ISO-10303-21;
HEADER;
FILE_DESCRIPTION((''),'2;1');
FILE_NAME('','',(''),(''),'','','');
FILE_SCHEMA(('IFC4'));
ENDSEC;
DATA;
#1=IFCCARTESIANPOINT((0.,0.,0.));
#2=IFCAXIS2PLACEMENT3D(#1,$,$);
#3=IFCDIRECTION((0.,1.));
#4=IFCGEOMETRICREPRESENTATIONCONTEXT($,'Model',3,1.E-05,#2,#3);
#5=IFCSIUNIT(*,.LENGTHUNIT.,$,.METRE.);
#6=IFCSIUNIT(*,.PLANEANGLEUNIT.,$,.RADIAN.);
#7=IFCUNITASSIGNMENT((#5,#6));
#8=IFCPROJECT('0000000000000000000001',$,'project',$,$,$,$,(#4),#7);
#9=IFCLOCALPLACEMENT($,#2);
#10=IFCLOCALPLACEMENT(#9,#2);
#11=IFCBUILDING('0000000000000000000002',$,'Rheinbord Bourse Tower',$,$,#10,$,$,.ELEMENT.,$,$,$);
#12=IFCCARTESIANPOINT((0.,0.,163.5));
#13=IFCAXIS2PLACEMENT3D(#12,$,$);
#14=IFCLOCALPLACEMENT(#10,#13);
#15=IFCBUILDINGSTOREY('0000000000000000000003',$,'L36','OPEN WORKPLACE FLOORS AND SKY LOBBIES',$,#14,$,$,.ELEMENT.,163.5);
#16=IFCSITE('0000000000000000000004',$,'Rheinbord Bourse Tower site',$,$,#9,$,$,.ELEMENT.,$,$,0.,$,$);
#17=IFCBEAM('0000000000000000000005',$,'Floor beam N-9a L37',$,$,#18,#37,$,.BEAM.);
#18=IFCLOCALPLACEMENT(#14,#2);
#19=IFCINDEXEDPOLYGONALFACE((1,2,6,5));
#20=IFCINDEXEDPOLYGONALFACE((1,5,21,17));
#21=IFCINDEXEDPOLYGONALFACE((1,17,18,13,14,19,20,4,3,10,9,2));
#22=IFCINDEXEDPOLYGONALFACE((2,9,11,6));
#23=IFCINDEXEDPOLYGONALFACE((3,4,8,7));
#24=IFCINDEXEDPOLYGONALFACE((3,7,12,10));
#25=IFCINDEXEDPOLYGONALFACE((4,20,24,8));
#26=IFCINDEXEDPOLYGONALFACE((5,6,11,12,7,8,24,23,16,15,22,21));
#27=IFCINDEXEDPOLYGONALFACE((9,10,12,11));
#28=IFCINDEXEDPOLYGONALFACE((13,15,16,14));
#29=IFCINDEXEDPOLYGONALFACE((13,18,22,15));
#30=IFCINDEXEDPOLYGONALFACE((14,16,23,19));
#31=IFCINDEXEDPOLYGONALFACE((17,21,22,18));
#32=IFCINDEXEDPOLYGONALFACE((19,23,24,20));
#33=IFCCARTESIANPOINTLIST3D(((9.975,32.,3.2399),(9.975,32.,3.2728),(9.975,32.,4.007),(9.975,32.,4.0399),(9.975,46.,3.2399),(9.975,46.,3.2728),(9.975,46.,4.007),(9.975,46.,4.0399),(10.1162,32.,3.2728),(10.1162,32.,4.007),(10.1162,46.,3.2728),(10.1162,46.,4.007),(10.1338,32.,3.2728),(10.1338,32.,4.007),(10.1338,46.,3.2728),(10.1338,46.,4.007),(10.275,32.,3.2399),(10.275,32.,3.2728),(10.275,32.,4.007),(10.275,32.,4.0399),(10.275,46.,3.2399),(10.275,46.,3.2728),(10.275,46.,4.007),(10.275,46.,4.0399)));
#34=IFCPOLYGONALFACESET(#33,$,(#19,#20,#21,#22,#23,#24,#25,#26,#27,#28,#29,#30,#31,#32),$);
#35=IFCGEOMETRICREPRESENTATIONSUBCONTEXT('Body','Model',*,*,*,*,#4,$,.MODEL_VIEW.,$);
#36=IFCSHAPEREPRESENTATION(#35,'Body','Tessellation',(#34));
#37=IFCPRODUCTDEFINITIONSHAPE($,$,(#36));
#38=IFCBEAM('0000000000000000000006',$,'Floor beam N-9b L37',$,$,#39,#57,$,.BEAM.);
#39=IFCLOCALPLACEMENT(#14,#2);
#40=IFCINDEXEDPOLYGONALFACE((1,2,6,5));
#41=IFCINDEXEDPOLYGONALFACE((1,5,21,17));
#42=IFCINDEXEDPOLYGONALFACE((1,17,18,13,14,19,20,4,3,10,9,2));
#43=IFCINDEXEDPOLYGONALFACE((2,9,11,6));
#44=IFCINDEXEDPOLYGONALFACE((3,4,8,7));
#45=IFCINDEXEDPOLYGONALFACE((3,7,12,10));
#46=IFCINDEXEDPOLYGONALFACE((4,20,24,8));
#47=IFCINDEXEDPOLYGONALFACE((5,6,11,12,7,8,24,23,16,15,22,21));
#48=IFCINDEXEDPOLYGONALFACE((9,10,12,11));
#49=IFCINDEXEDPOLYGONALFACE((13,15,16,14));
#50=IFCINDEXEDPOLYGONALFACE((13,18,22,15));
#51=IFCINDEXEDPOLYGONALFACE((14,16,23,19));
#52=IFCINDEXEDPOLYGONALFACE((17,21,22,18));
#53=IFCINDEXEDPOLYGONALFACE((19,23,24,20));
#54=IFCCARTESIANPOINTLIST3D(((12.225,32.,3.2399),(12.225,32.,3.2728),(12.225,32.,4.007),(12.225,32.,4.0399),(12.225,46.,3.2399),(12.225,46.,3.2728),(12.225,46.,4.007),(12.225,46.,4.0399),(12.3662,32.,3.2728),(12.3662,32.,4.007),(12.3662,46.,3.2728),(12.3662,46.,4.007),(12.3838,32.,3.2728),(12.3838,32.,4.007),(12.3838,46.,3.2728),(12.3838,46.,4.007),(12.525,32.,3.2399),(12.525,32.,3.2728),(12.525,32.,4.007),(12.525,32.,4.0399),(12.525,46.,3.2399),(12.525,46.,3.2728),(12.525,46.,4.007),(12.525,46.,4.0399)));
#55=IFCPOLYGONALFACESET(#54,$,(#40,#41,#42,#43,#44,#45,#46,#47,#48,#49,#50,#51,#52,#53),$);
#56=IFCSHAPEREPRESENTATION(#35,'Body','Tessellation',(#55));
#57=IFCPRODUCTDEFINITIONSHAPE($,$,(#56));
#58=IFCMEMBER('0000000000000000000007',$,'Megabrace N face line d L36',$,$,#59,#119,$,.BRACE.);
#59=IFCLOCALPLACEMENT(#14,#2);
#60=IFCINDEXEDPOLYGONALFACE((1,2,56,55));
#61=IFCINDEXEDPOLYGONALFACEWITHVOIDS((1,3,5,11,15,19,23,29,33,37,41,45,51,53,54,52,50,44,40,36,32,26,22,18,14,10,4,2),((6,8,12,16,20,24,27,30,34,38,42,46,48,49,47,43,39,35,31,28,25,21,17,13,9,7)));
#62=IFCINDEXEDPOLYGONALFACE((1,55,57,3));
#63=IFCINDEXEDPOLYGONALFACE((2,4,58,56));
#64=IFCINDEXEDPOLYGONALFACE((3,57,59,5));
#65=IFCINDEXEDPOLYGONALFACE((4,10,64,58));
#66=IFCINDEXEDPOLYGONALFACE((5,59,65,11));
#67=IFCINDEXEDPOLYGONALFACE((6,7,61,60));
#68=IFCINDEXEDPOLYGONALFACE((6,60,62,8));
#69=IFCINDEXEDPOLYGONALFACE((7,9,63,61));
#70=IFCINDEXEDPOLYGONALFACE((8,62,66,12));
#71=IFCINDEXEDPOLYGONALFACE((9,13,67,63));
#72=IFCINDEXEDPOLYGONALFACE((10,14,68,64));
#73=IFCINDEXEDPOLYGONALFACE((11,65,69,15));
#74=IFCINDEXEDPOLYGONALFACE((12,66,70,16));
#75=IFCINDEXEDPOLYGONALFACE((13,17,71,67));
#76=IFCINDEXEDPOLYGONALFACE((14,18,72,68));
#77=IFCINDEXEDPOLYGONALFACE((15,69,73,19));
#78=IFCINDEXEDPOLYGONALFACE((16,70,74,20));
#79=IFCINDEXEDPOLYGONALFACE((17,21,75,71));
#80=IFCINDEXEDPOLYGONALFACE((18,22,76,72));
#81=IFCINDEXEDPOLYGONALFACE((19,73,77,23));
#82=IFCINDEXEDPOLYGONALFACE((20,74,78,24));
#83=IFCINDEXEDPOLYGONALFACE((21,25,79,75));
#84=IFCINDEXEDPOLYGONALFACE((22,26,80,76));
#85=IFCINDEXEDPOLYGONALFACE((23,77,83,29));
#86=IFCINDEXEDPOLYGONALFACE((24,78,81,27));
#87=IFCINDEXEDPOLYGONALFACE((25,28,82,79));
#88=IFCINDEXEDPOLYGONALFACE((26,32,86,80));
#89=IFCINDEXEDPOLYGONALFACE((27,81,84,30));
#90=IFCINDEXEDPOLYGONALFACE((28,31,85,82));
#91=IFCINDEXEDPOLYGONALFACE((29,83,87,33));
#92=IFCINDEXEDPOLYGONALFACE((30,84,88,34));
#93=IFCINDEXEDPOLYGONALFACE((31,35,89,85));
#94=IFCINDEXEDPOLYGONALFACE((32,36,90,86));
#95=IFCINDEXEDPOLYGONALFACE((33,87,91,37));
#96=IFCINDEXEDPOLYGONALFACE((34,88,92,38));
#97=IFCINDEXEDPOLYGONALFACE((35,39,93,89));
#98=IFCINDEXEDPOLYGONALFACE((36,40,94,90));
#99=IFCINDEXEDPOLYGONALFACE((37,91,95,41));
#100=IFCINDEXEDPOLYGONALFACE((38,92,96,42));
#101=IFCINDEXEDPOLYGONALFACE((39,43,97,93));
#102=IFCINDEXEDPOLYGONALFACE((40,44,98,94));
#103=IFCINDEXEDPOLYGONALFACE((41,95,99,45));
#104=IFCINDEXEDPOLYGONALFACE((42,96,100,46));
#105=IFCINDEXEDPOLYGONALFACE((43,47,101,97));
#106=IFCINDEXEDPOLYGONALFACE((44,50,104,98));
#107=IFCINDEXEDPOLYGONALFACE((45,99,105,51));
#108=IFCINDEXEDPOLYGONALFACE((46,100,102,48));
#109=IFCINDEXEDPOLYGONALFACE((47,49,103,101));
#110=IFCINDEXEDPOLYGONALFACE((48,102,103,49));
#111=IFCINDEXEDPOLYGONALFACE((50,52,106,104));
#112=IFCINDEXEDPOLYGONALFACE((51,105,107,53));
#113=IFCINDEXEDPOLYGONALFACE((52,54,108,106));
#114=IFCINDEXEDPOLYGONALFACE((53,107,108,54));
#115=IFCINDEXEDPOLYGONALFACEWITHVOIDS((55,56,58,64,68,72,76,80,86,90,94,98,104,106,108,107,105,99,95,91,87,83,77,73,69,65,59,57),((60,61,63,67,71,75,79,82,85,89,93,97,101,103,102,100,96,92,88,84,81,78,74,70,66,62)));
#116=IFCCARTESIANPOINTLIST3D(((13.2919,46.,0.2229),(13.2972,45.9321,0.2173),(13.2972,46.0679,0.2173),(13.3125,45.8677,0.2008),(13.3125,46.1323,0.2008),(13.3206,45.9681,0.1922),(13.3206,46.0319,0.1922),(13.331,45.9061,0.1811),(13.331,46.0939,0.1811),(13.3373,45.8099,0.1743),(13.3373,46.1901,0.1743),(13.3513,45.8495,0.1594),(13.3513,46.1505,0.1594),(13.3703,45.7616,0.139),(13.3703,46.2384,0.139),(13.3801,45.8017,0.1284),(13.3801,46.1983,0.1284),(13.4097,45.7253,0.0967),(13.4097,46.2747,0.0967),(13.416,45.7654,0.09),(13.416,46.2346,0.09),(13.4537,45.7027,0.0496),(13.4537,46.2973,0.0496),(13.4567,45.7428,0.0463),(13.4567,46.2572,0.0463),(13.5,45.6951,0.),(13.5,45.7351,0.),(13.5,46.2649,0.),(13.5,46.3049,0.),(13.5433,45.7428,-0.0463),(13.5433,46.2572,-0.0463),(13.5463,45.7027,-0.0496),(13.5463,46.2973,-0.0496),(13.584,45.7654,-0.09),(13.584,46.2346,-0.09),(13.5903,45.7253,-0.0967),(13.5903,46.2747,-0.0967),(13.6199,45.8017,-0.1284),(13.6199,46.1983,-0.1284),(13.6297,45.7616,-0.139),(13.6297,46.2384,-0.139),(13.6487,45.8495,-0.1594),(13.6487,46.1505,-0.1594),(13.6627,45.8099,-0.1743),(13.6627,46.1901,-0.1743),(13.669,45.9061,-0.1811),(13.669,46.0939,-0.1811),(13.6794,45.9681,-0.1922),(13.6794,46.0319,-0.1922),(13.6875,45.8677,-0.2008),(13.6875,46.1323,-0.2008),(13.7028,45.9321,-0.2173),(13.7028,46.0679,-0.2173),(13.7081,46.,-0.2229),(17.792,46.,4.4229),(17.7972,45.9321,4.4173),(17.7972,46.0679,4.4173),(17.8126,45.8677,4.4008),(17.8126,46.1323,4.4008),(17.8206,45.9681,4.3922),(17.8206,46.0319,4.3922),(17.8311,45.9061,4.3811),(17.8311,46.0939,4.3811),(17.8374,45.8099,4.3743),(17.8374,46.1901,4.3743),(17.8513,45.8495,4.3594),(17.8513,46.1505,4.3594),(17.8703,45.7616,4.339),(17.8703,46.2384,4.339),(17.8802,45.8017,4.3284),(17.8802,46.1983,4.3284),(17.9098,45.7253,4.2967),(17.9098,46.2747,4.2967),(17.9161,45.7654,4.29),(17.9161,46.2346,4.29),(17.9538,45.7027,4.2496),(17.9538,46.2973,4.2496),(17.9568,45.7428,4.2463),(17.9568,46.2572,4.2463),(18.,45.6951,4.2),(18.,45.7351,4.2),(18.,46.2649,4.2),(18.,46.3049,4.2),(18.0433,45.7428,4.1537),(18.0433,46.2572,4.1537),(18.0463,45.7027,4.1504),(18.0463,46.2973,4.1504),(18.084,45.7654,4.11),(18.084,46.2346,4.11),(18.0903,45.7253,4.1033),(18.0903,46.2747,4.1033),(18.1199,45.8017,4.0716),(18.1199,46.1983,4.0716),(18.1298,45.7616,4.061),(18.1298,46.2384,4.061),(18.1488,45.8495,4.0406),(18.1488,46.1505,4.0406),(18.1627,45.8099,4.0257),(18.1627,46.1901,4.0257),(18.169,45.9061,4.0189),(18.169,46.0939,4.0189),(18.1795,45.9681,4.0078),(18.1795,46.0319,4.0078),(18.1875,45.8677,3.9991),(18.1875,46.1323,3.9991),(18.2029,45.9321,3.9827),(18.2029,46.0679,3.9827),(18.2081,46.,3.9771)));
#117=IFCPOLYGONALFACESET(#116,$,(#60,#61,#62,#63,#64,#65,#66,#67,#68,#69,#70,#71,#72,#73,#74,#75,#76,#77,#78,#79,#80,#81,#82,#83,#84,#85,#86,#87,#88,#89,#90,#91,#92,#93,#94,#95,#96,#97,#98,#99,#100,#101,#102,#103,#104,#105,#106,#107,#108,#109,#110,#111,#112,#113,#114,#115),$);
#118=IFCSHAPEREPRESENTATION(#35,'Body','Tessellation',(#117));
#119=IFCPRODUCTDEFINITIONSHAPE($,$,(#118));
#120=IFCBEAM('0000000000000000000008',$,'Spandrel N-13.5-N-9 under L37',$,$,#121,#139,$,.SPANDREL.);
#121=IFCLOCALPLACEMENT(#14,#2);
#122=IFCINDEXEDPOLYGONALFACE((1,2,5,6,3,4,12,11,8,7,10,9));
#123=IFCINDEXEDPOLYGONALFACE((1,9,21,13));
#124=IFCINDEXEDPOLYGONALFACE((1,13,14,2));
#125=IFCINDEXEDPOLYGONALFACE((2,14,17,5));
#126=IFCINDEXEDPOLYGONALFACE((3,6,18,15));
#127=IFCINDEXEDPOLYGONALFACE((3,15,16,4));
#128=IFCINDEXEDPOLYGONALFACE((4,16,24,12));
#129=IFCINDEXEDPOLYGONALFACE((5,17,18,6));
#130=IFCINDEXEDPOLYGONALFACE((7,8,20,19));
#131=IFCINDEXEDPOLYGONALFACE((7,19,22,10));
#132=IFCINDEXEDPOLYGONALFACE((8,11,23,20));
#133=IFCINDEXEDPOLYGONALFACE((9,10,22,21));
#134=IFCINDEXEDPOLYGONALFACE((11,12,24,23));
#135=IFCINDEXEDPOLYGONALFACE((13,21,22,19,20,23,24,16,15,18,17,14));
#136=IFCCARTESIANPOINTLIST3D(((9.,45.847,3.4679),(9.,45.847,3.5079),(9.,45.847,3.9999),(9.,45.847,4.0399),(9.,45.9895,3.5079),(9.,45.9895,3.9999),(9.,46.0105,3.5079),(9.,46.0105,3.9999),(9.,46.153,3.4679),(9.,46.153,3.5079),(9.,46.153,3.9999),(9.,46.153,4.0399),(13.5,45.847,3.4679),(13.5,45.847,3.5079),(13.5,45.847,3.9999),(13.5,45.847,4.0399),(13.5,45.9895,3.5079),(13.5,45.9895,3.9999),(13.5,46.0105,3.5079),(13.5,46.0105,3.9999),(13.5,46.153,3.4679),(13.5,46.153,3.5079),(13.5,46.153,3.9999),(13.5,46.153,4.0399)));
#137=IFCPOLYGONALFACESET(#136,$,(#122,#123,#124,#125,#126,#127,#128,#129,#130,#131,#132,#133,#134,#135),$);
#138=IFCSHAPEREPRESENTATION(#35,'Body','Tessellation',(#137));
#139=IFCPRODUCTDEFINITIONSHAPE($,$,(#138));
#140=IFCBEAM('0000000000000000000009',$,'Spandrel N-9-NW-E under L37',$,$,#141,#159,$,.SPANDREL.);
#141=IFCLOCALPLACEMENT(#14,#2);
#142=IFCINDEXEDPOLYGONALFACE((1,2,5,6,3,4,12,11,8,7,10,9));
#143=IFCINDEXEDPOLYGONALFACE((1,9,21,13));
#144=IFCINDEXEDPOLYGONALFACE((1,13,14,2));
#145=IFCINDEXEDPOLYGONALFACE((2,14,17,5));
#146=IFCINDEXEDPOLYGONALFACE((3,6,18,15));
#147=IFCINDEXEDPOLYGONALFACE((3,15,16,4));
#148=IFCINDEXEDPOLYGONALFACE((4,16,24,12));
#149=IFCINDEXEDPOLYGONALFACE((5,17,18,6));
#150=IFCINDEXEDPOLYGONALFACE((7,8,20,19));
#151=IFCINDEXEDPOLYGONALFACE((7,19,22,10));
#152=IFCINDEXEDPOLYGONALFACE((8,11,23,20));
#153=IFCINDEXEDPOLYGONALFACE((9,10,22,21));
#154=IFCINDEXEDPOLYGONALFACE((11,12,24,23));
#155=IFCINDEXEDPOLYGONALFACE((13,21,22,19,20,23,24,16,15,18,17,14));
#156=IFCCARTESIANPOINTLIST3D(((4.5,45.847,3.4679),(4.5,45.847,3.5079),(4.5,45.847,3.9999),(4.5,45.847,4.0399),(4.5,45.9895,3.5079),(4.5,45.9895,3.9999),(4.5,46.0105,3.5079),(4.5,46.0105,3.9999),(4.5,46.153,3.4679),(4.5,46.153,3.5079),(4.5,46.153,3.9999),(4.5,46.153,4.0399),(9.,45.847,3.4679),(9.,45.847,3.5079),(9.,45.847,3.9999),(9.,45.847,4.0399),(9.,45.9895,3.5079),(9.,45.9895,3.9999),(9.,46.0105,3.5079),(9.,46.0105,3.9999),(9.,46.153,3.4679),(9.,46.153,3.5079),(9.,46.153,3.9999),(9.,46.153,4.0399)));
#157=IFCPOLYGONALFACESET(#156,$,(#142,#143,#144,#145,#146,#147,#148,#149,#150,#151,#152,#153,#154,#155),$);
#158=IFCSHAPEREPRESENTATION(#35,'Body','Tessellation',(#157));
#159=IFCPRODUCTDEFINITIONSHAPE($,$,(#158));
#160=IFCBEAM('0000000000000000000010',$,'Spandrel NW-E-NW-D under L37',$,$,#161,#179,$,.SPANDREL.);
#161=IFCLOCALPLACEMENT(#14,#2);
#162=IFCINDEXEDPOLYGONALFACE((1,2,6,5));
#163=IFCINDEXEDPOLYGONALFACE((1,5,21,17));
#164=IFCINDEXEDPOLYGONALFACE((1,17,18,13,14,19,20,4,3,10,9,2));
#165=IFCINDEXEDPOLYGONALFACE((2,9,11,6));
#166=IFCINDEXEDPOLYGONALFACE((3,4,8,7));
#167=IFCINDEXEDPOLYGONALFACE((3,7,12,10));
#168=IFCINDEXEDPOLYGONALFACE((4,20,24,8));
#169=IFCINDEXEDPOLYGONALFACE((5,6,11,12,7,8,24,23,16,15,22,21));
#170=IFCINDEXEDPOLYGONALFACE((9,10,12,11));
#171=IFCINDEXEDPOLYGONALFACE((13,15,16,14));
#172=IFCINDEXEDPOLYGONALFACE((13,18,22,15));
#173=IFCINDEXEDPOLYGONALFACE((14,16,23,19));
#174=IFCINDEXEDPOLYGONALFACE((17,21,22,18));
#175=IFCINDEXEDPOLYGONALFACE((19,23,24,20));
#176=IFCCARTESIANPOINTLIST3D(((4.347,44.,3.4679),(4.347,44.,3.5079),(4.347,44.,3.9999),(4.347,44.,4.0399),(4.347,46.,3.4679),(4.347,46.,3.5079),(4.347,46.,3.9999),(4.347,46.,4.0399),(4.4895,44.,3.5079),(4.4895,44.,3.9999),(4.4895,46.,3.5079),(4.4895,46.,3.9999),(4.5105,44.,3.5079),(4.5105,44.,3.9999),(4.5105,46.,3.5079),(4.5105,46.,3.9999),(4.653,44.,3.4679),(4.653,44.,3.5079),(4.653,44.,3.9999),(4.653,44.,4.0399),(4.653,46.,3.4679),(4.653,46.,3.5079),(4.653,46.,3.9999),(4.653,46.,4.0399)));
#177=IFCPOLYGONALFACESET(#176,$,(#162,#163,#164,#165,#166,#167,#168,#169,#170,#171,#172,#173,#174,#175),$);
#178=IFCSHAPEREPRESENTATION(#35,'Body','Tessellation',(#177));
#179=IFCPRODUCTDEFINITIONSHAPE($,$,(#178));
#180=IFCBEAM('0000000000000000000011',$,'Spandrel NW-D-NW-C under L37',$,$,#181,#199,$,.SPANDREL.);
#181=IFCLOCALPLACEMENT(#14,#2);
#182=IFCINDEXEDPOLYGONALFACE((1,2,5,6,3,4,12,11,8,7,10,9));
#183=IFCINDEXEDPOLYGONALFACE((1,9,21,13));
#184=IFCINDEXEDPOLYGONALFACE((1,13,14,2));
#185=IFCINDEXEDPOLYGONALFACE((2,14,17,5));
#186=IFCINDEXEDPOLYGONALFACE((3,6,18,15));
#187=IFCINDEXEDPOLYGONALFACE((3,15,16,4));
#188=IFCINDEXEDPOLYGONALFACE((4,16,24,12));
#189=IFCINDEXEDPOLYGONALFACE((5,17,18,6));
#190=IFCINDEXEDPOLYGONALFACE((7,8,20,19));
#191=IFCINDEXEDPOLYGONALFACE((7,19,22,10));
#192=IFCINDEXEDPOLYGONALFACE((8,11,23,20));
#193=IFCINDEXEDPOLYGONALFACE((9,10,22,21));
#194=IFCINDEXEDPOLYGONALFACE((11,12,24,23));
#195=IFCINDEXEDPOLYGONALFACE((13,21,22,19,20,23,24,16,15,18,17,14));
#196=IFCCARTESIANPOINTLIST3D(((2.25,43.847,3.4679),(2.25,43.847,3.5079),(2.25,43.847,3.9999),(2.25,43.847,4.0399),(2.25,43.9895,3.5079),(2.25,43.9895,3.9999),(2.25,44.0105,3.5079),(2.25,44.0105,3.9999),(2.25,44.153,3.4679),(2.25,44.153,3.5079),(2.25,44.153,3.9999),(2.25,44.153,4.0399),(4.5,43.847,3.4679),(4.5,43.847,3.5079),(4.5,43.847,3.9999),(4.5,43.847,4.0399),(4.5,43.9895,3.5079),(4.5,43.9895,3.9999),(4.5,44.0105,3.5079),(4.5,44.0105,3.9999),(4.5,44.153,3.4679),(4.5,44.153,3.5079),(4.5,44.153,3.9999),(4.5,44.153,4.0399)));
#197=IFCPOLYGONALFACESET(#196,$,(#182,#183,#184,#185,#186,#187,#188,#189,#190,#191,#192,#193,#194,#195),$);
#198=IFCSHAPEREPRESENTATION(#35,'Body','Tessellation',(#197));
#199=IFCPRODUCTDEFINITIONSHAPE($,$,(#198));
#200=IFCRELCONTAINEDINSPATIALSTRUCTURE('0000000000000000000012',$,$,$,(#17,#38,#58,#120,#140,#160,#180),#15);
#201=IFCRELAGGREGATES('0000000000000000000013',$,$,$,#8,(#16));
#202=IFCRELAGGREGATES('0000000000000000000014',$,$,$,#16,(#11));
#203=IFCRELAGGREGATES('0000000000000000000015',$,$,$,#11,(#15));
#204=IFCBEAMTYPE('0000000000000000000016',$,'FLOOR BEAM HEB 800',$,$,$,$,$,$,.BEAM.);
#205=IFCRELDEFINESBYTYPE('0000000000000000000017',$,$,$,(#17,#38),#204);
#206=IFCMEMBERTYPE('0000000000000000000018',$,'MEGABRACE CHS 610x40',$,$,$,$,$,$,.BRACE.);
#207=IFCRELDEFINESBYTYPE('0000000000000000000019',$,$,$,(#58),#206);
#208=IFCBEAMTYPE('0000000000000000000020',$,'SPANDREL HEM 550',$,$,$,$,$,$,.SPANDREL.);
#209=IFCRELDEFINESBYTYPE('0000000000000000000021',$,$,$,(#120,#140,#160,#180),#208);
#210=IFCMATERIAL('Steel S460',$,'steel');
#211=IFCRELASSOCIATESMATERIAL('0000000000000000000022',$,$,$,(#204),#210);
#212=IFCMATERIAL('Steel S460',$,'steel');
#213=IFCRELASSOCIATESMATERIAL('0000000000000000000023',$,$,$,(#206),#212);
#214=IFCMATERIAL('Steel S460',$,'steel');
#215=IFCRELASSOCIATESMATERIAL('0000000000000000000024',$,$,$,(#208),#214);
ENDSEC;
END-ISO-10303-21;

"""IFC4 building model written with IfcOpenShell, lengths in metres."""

from ifc_helpers import new_model, si_unit, direction, frame, origin, origin_2d, place, context, subcontext, project, spatial, hollow_circle, i_section, extrude, material, material_profile, profile_set, type_object, element, save


model = new_model("IFC4")

# Units and contexts
model_context = context("Model", 3, precision=1e-05, world=origin(), true_north=direction((0.0, 1.0)))
body_context = subcontext(model_context, "Body", "Model", "MODEL_VIEW")
ifc_project = project(units=[si_unit("LENGTHUNIT", "METRE"), si_unit("PLANEANGLEUNIT", "RADIAN")], contexts=[model_context])

# Site, building, storey
site_placement = place(None, origin())
site = spatial("IfcSite", under=ifc_project, at=site_placement, Name="Rheinbord Bourse Tower site", CompositionType="ELEMENT", RefElevation=0.0)
building_placement = place(site_placement, origin())
building = spatial("IfcBuilding", under=site, at=building_placement, Name="Rheinbord Bourse Tower", CompositionType="ELEMENT")
storey_placement = place(building_placement, frame((0.0, 0.0, 163.5)))
storey = spatial("IfcBuildingStorey", under=building, at=storey_placement, Name="L36", Description="OPEN WORKPLACE FLOORS AND SKY LOBBIES", CompositionType="ELEMENT", Elevation=163.5)

# Beams
ifc_material_1 = material(Name="Steel S460", Category="steel")
ifc_material_profile_1 = material_profile(ifc_material_1, i_section(OverallWidth=0.3, OverallDepth=0.8, WebThickness=0.0176, FlangeThickness=0.033, at=origin_2d()), Name="HEB 800")
ifc_profile_set_1 = profile_set([ifc_material_profile_1], Name="Steel S460")
beam_type_1 = type_object("IfcBeamType", Name="FLOOR BEAM HEB 800", PredefinedType="BEAM", material=ifc_profile_set_1)
for number, where, z_axis, x_axis, name in (
    (1, (10.125, 46.0, 3.6399), (0.0, -1.0, 0.0), (1.0, 0.0, 0.0), "Floor beam N-9a L37"),
    (2, (12.375, 46.0, 3.6399), (0.0, -1.0, 0.0), (1.0, 0.0, 0.0), "Floor beam N-9b L37"),
):
    element("IfcBeam", number, at=place(storey_placement, frame(where, z_axis=z_axis, x_axis=x_axis)), inside=storey, type_object=beam_type_1, Name=name, PredefinedType="BEAM", context=body_context, shape_type="SweptSolid", body=[
        extrude(i_section(OverallWidth=0.3, OverallDepth=0.8, WebThickness=0.0176, FlangeThickness=0.033, at=origin_2d()), origin(), (0.0, 0.0, 1.0), 14.0),
    ])

# Member
ifc_material_2 = material(Name="Steel S460", Category="steel")
ifc_material_profile_2 = material_profile(ifc_material_2, hollow_circle(Radius=0.3049, WallThickness=0.04, at=origin_2d()), Name="CHS 610x40")
ifc_profile_set_2 = profile_set([ifc_material_profile_2], Name="Steel S460")
member_type_1 = type_object("IfcMemberType", Name="MEGABRACE CHS 610x40", PredefinedType="BRACE", material=ifc_profile_set_2)
member_1_placement = place(storey_placement, frame((13.5, 46.0, 0.0), z_axis=(0.731059, 0.0, 0.682314), x_axis=(0.0, 1.0, 0.0)))
element("IfcMember", 3, at=member_1_placement, inside=storey, type_object=member_type_1, Name="Megabrace N face line d L36", PredefinedType="BRACE", context=body_context, shape_type="SweptSolid", body=[
    extrude(hollow_circle(Radius=0.3049, WallThickness=0.04, at=origin_2d()), origin(), (0.0, 0.0, 1.0), 6.1555),
])

# Beams
ifc_material_3 = material(Name="Steel S460", Category="steel")
ifc_material_profile_3 = material_profile(ifc_material_3, i_section(OverallWidth=0.3059, OverallDepth=0.572, WebThickness=0.021, FlangeThickness=0.04, at=origin_2d()), Name="HEM 550")
ifc_profile_set_3 = profile_set([ifc_material_profile_3], Name="Steel S460")
beam_type_2 = type_object("IfcBeamType", Name="SPANDREL HEM 550", PredefinedType="SPANDREL", material=ifc_profile_set_3)
for number, where, z_axis, x_axis, name in (
    (4, (13.5, 46.0, 3.7539), (-1.0, 0.0, 0.0), (0.0, -1.0, 0.0), "Spandrel N-13.5-N-9 under L37"),
    (5, (9.0, 46.0, 3.7539), (-1.0, 0.0, 0.0), (0.0, -1.0, 0.0), "Spandrel N-9-NW-E under L37"),
):
    element("IfcBeam", number, at=place(storey_placement, frame(where, z_axis=z_axis, x_axis=x_axis)), inside=storey, type_object=beam_type_2, Name=name, PredefinedType="SPANDREL", context=body_context, shape_type="SweptSolid", body=[
        extrude(i_section(OverallWidth=0.3059, OverallDepth=0.572, WebThickness=0.021, FlangeThickness=0.04, at=origin_2d()), origin(), (0.0, 0.0, 1.0), 4.5),
    ])
beam_1_placement = place(storey_placement, frame((4.5, 46.0, 3.7539), z_axis=(0.0, -1.0, 0.0), x_axis=(1.0, 0.0, 0.0)))
element("IfcBeam", 6, at=beam_1_placement, inside=storey, type_object=beam_type_2, Name="Spandrel NW-E-NW-D under L37", PredefinedType="SPANDREL", context=body_context, shape_type="SweptSolid", body=[
    extrude(i_section(OverallWidth=0.3059, OverallDepth=0.572, WebThickness=0.021, FlangeThickness=0.04, at=origin_2d()), origin(), (0.0, 0.0, 1.0), 2.0),
])
beam_2_placement = place(storey_placement, frame((4.5, 44.0, 3.7539), z_axis=(-1.0, 0.0, 0.0), x_axis=(0.0, -1.0, 0.0)))
element("IfcBeam", 7, at=beam_2_placement, inside=storey, type_object=beam_type_2, Name="Spandrel NW-D-NW-C under L37", PredefinedType="SPANDREL", context=body_context, shape_type="SweptSolid", body=[
    extrude(i_section(OverallWidth=0.3059, OverallDepth=0.572, WebThickness=0.021, FlangeThickness=0.04, at=origin_2d()), origin(), (0.0, 0.0, 1.0), 2.25),
])

save(model, "model.ifc")
